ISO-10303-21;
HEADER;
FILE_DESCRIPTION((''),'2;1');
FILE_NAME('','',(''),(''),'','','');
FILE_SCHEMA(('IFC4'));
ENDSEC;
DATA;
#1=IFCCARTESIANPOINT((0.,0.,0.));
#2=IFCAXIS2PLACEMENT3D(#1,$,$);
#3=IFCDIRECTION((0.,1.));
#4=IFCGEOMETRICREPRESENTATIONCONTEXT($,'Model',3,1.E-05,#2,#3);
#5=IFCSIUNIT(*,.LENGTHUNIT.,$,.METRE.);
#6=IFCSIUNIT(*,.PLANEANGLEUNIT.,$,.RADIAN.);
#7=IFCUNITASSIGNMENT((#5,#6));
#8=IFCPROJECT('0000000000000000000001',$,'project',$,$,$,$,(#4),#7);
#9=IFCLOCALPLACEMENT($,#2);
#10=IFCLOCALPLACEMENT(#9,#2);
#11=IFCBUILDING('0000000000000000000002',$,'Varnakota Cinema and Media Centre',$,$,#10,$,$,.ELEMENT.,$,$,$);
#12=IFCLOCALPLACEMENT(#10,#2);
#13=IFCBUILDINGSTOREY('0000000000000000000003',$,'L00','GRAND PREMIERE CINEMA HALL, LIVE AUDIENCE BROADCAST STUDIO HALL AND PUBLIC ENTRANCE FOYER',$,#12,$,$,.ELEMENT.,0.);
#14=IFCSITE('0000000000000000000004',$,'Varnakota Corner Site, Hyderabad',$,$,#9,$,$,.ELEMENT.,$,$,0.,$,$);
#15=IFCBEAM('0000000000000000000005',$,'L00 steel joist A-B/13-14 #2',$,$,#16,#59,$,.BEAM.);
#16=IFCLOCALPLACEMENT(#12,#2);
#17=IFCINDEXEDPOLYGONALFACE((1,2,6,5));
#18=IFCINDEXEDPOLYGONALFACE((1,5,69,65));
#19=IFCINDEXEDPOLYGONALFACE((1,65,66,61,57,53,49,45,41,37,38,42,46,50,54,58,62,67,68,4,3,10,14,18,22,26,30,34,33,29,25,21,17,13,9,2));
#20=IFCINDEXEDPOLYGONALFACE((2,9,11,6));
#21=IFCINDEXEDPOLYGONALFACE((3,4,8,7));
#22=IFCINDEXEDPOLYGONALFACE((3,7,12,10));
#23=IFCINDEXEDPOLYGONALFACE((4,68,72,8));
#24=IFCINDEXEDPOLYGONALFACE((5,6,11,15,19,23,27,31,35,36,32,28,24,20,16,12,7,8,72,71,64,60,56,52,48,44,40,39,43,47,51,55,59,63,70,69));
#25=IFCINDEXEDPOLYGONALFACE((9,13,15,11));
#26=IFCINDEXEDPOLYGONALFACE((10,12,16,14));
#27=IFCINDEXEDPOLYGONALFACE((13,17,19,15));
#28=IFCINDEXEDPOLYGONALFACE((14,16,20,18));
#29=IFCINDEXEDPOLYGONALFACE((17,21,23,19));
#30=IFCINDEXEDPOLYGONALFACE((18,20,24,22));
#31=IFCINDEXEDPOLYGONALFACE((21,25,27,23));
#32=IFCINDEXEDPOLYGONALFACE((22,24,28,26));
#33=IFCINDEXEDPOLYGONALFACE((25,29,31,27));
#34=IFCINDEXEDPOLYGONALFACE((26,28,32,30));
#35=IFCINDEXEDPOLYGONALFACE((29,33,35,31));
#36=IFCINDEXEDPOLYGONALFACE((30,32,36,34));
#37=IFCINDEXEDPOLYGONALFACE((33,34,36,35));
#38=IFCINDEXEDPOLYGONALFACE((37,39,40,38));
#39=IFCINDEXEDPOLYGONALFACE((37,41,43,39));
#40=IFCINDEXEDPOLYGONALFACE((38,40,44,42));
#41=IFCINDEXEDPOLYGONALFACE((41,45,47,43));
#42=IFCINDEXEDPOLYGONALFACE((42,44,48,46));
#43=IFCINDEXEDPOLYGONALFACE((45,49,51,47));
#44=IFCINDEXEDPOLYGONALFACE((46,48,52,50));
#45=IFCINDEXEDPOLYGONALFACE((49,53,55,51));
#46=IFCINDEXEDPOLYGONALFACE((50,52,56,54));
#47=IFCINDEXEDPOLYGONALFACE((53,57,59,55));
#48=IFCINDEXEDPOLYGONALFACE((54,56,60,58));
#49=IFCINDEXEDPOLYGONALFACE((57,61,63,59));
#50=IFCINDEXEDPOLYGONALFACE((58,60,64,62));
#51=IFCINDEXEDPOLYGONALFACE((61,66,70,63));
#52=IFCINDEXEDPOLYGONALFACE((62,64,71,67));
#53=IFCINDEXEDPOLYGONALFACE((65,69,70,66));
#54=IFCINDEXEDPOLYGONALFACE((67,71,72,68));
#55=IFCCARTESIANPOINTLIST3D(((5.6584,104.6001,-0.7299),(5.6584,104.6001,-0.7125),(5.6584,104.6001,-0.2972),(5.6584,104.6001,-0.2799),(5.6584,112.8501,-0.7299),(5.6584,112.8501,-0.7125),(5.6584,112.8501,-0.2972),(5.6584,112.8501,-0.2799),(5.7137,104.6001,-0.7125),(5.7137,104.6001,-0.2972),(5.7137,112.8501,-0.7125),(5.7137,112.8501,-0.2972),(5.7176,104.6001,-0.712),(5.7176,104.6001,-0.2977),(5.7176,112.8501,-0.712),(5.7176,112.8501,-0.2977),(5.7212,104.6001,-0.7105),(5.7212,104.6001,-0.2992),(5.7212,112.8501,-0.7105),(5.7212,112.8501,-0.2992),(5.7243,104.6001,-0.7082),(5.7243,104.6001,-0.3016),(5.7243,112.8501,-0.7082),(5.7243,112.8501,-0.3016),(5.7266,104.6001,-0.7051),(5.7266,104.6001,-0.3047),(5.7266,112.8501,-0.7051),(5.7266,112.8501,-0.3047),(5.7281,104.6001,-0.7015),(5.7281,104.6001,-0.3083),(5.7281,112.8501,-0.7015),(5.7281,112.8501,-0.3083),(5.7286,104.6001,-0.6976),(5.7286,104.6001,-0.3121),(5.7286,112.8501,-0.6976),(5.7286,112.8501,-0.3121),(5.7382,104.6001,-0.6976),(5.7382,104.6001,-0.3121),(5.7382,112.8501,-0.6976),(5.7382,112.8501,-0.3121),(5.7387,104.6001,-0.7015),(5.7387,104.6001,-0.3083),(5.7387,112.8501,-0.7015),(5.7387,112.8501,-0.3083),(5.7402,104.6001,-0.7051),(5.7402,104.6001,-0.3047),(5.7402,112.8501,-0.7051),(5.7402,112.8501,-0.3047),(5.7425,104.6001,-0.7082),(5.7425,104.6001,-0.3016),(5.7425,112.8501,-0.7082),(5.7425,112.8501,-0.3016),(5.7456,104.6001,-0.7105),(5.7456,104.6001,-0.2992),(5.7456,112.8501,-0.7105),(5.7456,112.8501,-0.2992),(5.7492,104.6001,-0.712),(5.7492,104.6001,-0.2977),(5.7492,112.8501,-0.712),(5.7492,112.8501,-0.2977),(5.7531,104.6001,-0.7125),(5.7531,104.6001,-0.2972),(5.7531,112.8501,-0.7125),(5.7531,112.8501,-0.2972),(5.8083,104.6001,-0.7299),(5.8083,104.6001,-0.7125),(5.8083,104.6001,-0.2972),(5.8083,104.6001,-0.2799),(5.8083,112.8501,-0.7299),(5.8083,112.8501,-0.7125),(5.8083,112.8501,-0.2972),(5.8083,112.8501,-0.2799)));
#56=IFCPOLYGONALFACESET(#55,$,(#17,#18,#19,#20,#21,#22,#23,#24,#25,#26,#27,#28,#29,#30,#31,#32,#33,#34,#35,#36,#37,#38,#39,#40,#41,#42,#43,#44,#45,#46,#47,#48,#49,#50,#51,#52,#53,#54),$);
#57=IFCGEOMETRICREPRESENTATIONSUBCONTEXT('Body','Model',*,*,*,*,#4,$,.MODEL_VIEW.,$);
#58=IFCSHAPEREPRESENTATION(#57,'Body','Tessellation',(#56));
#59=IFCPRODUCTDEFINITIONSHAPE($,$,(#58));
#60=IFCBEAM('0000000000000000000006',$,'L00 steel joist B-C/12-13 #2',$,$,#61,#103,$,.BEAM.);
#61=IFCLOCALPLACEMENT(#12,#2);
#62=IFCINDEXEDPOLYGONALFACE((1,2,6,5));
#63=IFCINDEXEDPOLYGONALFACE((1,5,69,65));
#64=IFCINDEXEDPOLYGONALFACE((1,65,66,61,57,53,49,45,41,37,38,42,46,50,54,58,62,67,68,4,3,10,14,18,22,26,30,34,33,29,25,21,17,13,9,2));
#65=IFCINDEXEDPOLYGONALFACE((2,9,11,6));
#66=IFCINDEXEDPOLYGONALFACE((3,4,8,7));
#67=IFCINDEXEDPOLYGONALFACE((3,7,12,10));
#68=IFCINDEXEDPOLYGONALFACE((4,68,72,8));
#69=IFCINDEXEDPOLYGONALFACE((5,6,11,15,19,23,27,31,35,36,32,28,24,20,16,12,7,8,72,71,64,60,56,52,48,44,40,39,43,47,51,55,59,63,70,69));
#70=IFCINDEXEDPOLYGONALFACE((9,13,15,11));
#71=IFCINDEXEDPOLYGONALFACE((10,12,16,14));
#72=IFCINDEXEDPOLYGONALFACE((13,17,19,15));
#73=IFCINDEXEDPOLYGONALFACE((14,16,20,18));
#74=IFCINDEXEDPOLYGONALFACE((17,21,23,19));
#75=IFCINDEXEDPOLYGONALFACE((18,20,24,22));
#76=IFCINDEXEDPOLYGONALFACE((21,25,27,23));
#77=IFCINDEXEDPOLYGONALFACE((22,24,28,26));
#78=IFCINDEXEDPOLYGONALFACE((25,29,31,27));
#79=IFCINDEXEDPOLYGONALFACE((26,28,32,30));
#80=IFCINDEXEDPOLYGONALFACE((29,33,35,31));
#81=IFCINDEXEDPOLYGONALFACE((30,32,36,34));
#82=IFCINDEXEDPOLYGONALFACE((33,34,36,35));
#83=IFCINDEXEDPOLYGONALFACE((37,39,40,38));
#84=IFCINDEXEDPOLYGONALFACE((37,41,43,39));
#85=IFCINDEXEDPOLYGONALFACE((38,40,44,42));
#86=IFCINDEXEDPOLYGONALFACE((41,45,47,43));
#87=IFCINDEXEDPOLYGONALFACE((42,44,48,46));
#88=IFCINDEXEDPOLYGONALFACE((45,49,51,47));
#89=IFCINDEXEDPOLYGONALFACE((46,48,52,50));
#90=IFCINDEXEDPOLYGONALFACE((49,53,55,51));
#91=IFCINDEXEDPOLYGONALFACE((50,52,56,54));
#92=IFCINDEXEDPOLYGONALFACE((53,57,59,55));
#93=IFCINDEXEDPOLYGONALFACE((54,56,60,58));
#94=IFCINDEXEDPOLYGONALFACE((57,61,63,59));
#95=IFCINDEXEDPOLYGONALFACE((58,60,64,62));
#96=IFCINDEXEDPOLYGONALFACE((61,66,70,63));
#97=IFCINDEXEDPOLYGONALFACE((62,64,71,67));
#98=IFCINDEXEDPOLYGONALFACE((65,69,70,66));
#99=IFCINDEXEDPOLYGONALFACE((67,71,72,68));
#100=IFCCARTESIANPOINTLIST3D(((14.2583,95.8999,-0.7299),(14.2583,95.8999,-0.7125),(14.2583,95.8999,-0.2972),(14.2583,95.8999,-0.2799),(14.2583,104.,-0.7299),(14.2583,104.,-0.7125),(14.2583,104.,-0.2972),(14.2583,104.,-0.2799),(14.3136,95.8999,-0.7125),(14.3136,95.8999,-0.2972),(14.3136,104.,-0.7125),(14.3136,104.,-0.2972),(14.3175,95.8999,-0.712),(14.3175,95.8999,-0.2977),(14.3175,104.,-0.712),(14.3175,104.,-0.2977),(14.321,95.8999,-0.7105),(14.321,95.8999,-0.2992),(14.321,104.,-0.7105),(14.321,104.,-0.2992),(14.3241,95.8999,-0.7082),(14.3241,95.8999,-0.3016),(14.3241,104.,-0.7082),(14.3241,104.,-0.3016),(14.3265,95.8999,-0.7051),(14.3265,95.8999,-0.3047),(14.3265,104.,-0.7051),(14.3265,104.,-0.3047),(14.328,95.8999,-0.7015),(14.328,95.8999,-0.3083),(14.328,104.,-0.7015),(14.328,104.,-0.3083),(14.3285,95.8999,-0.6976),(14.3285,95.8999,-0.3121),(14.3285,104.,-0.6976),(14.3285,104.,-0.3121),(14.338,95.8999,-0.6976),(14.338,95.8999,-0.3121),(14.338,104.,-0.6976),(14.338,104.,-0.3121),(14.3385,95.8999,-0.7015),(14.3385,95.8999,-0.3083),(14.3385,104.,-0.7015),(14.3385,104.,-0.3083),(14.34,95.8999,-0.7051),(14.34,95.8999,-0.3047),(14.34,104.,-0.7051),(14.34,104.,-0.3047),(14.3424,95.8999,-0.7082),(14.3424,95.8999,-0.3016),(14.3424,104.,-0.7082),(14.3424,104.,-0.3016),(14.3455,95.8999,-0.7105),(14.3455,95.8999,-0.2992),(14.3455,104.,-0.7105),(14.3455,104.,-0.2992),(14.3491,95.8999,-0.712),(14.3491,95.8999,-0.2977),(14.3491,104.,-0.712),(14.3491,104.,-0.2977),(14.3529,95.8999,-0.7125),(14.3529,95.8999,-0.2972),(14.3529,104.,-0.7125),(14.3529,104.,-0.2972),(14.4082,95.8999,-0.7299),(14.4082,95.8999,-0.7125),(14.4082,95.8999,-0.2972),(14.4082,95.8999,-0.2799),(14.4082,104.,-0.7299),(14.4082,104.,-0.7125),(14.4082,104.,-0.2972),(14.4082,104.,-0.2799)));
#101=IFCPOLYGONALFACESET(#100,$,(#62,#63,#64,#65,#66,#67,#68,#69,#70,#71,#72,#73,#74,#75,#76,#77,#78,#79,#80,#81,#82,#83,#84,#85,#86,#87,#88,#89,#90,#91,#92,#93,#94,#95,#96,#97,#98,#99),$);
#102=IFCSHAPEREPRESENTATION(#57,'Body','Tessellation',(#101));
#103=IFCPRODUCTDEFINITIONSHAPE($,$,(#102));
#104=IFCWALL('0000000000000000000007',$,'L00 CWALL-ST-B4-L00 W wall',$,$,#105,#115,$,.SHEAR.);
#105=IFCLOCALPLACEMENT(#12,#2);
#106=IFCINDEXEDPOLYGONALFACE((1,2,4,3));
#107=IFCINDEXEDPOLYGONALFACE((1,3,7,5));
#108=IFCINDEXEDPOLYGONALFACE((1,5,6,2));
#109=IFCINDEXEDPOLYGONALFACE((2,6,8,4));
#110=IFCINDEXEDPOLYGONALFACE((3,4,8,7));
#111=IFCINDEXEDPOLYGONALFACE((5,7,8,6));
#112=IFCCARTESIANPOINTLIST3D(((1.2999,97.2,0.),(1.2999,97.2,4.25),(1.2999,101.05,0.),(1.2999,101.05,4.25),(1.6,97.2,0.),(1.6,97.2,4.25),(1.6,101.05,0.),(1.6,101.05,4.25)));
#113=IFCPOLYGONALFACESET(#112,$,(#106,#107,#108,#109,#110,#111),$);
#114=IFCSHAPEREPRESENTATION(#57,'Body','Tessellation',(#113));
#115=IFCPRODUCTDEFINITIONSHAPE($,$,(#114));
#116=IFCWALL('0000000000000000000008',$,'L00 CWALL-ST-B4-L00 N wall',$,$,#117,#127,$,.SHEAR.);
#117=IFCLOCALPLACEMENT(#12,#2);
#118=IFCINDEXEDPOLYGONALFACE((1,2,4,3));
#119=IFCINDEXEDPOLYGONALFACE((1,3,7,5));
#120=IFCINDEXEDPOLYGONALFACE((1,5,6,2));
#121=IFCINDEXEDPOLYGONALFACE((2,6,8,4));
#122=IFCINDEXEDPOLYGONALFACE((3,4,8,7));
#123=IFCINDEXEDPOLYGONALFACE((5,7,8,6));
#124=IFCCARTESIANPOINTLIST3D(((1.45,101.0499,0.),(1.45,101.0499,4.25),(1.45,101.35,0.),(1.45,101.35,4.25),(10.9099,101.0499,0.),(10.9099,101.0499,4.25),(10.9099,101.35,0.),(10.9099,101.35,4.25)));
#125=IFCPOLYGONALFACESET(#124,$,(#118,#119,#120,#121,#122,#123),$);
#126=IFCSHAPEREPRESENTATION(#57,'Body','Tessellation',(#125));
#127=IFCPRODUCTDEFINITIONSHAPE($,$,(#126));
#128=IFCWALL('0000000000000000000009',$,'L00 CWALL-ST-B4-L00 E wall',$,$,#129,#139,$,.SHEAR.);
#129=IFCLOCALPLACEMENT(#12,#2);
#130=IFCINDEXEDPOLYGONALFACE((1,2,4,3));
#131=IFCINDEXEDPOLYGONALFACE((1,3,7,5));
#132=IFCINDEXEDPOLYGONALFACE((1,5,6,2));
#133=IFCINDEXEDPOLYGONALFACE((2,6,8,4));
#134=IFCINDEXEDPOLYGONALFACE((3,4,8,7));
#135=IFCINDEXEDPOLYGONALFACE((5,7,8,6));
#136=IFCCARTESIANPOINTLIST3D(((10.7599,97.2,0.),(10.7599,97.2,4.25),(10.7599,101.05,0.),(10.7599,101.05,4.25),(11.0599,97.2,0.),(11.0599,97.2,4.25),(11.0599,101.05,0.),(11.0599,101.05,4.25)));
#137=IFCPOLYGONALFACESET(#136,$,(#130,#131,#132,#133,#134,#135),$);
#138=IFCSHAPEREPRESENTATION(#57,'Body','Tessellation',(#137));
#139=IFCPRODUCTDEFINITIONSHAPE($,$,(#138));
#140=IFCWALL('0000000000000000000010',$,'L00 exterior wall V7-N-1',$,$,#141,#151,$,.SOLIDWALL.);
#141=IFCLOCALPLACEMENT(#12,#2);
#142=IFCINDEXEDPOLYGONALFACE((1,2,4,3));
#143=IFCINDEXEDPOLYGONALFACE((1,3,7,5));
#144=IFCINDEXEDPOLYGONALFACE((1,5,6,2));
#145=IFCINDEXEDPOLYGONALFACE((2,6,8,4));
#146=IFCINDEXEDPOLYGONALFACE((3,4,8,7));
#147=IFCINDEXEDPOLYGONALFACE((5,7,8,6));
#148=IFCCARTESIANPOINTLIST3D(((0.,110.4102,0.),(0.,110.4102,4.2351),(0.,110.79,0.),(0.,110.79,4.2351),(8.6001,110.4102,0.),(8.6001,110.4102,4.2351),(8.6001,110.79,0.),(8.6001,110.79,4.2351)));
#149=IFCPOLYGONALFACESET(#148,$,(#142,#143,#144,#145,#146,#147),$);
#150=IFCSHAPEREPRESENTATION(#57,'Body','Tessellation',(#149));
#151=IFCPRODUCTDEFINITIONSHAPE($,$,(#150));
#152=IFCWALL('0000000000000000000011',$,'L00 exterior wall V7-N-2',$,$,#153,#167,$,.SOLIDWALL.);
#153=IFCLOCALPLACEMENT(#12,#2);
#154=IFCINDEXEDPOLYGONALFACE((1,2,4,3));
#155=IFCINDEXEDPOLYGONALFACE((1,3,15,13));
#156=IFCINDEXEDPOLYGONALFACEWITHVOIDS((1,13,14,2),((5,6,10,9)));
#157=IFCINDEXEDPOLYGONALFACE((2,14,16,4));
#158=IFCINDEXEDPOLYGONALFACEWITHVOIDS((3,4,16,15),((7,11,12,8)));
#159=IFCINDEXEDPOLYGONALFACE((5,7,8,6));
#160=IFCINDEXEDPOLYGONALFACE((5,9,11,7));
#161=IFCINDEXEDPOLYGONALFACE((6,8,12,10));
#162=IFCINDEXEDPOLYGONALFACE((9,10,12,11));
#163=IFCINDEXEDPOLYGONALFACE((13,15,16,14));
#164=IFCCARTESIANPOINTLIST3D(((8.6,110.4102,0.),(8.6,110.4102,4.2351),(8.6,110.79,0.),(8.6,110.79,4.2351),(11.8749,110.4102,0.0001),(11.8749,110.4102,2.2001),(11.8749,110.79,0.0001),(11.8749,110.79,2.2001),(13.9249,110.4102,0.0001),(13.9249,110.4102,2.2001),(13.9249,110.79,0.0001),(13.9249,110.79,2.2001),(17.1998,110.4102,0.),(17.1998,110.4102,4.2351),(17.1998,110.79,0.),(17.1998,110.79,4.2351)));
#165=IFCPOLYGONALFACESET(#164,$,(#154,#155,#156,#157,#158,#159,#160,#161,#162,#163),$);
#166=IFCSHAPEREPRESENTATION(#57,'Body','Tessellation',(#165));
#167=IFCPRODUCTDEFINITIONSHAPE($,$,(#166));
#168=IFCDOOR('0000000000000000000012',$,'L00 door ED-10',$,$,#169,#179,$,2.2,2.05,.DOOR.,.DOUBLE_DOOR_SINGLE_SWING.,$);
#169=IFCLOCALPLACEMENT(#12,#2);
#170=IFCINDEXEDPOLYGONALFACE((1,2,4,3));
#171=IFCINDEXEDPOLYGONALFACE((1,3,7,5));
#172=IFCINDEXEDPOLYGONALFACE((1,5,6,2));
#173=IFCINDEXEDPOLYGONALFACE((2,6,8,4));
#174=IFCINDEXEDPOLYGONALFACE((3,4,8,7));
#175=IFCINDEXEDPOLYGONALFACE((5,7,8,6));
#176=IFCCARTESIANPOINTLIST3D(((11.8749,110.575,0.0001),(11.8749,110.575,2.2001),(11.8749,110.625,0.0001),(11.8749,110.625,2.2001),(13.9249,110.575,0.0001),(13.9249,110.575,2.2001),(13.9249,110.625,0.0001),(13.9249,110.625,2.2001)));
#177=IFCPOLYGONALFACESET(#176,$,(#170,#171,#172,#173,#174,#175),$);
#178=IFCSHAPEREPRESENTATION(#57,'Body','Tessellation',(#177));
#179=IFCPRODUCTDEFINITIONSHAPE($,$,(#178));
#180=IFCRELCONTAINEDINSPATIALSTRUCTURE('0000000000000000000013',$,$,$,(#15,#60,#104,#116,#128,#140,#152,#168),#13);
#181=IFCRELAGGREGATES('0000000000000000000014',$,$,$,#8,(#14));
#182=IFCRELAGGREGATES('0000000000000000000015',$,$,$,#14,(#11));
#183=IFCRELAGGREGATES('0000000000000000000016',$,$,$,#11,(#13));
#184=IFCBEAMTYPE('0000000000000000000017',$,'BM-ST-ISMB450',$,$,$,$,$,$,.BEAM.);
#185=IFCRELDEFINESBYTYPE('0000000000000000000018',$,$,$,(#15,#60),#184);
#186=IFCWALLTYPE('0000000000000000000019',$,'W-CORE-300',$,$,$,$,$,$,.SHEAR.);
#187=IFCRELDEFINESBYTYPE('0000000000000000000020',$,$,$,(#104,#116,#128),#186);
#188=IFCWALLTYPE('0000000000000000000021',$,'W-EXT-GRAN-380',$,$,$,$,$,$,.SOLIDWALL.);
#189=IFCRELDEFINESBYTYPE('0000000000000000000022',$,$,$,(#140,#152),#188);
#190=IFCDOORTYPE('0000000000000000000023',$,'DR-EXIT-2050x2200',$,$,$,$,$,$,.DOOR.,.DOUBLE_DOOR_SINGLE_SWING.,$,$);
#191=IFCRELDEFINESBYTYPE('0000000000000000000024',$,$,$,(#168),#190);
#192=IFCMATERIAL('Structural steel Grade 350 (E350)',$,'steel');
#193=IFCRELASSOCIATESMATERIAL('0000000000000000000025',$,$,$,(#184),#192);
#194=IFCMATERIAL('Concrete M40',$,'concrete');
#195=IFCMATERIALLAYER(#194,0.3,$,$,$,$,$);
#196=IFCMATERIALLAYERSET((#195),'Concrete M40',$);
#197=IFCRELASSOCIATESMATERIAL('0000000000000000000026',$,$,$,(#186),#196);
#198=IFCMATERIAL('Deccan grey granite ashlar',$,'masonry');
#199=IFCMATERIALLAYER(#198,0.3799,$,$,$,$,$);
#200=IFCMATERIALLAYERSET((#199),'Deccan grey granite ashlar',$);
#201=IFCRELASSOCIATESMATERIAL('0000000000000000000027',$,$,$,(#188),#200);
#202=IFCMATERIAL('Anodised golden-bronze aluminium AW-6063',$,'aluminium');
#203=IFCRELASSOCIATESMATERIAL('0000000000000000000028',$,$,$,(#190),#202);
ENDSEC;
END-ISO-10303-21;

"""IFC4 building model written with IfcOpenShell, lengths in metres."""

from ifc_helpers import new_model, si_unit, direction, frame, frame_2d, origin, origin_2d, place, context, subcontext, project, spatial, rectangle, i_section, extrude, material, layer, layer_set, material_profile, profile_set, type_object, element, fill, save


model = new_model("IFC4")

# Units and contexts
model_context = context("Model", 3, precision=1e-05, world=origin(), true_north=direction((0.0, 1.0)))
body_context = subcontext(model_context, "Body", "Model", "MODEL_VIEW")
ifc_project = project(units=[si_unit("LENGTHUNIT", "METRE"), si_unit("PLANEANGLEUNIT", "RADIAN")], contexts=[model_context])

# Site, building, storey
site_placement = place(None, origin())
site = spatial("IfcSite", under=ifc_project, at=site_placement, Name="Varnakota Corner Site, Hyderabad", CompositionType="ELEMENT", RefElevation=0.0)
building_placement = place(site_placement, origin())
building = spatial("IfcBuilding", under=site, at=building_placement, Name="Varnakota Cinema and Media Centre", CompositionType="ELEMENT")
storey_placement = place(building_placement, origin())
storey = spatial("IfcBuildingStorey", under=building, at=storey_placement, Name="L00", Description="GRAND PREMIERE CINEMA HALL, LIVE AUDIENCE BROADCAST STUDIO HALL AND PUBLIC ENTRANCE FOYER", CompositionType="ELEMENT", Elevation=0.0)

# Beams
ifc_material_1 = material(Name="Structural steel Grade 350 (E350)", Category="steel")
ifc_material_profile_1 = material_profile(ifc_material_1, i_section(OverallWidth=0.1499, OverallDepth=0.45, WebThickness=0.0095, FlangeThickness=0.0173, FilletRadius=0.0149, at=origin_2d()), Name="ISMB 450")
ifc_profile_set_1 = profile_set([ifc_material_profile_1], Name="Structural steel Grade 350 (E350)")
beam_type_1 = type_object("IfcBeamType", Name="BM-ST-ISMB450", PredefinedType="BEAM", material=ifc_profile_set_1)
for number, where, z_axis, x_axis, name in (
    (1, (5.7334, 104.6001, -0.5049), (0.0, 1.0, 0.0), (-1.0, 0.0, 0.0), "L00 steel joist A-B/13-14 #2"),
):
    element("IfcBeam", number, at=place(storey_placement, frame(where, z_axis=z_axis, x_axis=x_axis)), inside=storey, type_object=beam_type_1, Name=name, PredefinedType="BEAM", context=body_context, shape_type="SweptSolid", body=[
        extrude(i_section(OverallWidth=0.1499, OverallDepth=0.45, WebThickness=0.0095, FlangeThickness=0.0173, FilletRadius=0.0149, at=origin_2d()), origin(), (0.0, 0.0, 1.0), 8.25),
    ])
beam_1_placement = place(storey_placement, frame((14.3333, 95.8999, -0.5049), z_axis=(0.0, 1.0, 0.0), x_axis=(-1.0, 0.0, 0.0)))
element("IfcBeam", 2, at=beam_1_placement, inside=storey, type_object=beam_type_1, Name="L00 steel joist B-C/12-13 #2", PredefinedType="BEAM", context=body_context, shape_type="SweptSolid", body=[
    extrude(i_section(OverallWidth=0.1499, OverallDepth=0.45, WebThickness=0.0095, FlangeThickness=0.0173, FilletRadius=0.0149, at=origin_2d()), origin(), (0.0, 0.0, 1.0), 8.1001),
])

# Shared definitions
ifc_material_2 = material(Name="Concrete M40", Category="concrete")
ifc_layer_1 = layer(ifc_material_2, 0.3)
ifc_layer_set_1 = layer_set([ifc_layer_1], Name="Concrete M40")
wall_type_1 = type_object("IfcWallType", Name="W-CORE-300", PredefinedType="SHEAR", material=ifc_layer_set_1)

# Walls
wall_1_placement = place(storey_placement, frame((1.45, 97.2, 0.0), z_axis=(0.0, 0.0, 1.0), x_axis=(0.0, 1.0, 0.0)))
element("IfcWall", 3, at=wall_1_placement, inside=storey, type_object=wall_type_1, Name="L00 CWALL-ST-B4-L00 W wall", PredefinedType="SHEAR", context=body_context, shape_type="SweptSolid", body=[
    extrude(rectangle(XDim=3.8501, YDim=0.3, at=frame_2d((1.925, 0.0))), origin(), (0.0, 0.0, 1.0), 4.25),
])
wall_2_placement = place(storey_placement, frame((1.45, 101.2, 0.0), z_axis=(0.0, 0.0, 1.0), x_axis=(1.0, 0.0, 0.0)))
element("IfcWall", 4, at=wall_2_placement, inside=storey, type_object=wall_type_1, Name="L00 CWALL-ST-B4-L00 N wall", PredefinedType="SHEAR", context=body_context, shape_type="SweptSolid", body=[
    extrude(rectangle(XDim=9.46, YDim=0.3, at=frame_2d((4.73, 0.0))), origin(), (0.0, 0.0, 1.0), 4.25),
])
wall_3_placement = place(storey_placement, frame((10.9099, 101.05, 0.0), z_axis=(0.0, 0.0, 1.0), x_axis=(0.0, -1.0, 0.0)))
element("IfcWall", 5, at=wall_3_placement, inside=storey, type_object=wall_type_1, Name="L00 CWALL-ST-B4-L00 E wall", PredefinedType="SHEAR", context=body_context, shape_type="SweptSolid", body=[
    extrude(rectangle(XDim=3.8501, YDim=0.3, at=frame_2d((1.925, 0.0))), origin(), (0.0, 0.0, 1.0), 4.25),
])
ifc_material_3 = material(Name="Deccan grey granite ashlar", Category="masonry")
ifc_layer_2 = layer(ifc_material_3, 0.3799)
ifc_layer_set_2 = layer_set([ifc_layer_2], Name="Deccan grey granite ashlar")
wall_type_2 = type_object("IfcWallType", Name="W-EXT-GRAN-380", PredefinedType="SOLIDWALL", material=ifc_layer_set_2)
wall_4_placement = place(storey_placement, frame((0.0, 110.6001, 0.0), z_axis=(0.0, 0.0, 1.0), x_axis=(1.0, 0.0, 0.0)))
element("IfcWall", 6, at=wall_4_placement, inside=storey, type_object=wall_type_2, Name="L00 exterior wall V7-N-1", PredefinedType="SOLIDWALL", context=body_context, shape_type="SweptSolid", body=[
    extrude(rectangle(XDim=8.6001, YDim=0.3799, at=frame_2d((4.3, 0.0))), origin(), (0.0, 0.0, 1.0), 4.2351),
])

# Wall, opening, door
wall_5_placement = place(storey_placement, frame((8.6001, 110.6001, 0.0), z_axis=(0.0, 0.0, 1.0), x_axis=(1.0, 0.0, 0.0)))
wall_5 = element("IfcWall", 7, at=wall_5_placement, inside=storey, type_object=wall_type_2, Name="L00 exterior wall V7-N-2", PredefinedType="SOLIDWALL", context=body_context, shape_type="SweptSolid", body=[
    extrude(rectangle(XDim=8.5999, YDim=0.3799, at=frame_2d((4.2998, 0.0))), origin(), (0.0, 0.0, 1.0), 4.2351),
])
opening_1_placement = place(wall_5_placement, frame((3.2749, 0.0, 0.0)))
opening_1 = element("IfcOpeningElement", 8, at=opening_1_placement, cuts=wall_5, PredefinedType="OPENING", context=body_context, shape_type="SweptSolid", body=[
    extrude(rectangle(XDim=2.05, YDim=2.2, at=frame_2d((1.0249, 1.1001))), frame((0.0, 0.1899, 0.0), z_axis=(0.0, -1.0, 0.0), x_axis=(1.0, 0.0, 0.0)), (0.0, 0.0, 1.0), 0.3799),
])
ifc_material_4 = material(Name="Anodised golden-bronze aluminium AW-6063", Category="aluminium")
door_type_1 = type_object("IfcDoorType", Name="DR-EXIT-2050x2200", OperationType="DOUBLE_DOOR_SINGLE_SWING", PredefinedType="DOOR", material=ifc_material_4)
door_1_placement = place(opening_1_placement, origin())
door_1 = element("IfcDoor", 9, at=door_1_placement, inside=storey, type_object=door_type_1, Name="L00 door ED-10", OperationType="DOUBLE_DOOR_SINGLE_SWING", OverallHeight=2.2, OverallWidth=2.05, PredefinedType="DOOR", context=body_context, shape_type="SweptSolid", body=[
    extrude(rectangle(XDim=2.05, YDim=2.2, at=frame_2d((1.0249, 1.1001))), frame((0.0, 0.0249, 0.0), z_axis=(0.0, -1.0, 0.0), x_axis=(1.0, 0.0, 0.0)), (0.0, 0.0, 1.0), 0.05),
])
fill(opening_1, door_1)

save(model, "model.ifc")
